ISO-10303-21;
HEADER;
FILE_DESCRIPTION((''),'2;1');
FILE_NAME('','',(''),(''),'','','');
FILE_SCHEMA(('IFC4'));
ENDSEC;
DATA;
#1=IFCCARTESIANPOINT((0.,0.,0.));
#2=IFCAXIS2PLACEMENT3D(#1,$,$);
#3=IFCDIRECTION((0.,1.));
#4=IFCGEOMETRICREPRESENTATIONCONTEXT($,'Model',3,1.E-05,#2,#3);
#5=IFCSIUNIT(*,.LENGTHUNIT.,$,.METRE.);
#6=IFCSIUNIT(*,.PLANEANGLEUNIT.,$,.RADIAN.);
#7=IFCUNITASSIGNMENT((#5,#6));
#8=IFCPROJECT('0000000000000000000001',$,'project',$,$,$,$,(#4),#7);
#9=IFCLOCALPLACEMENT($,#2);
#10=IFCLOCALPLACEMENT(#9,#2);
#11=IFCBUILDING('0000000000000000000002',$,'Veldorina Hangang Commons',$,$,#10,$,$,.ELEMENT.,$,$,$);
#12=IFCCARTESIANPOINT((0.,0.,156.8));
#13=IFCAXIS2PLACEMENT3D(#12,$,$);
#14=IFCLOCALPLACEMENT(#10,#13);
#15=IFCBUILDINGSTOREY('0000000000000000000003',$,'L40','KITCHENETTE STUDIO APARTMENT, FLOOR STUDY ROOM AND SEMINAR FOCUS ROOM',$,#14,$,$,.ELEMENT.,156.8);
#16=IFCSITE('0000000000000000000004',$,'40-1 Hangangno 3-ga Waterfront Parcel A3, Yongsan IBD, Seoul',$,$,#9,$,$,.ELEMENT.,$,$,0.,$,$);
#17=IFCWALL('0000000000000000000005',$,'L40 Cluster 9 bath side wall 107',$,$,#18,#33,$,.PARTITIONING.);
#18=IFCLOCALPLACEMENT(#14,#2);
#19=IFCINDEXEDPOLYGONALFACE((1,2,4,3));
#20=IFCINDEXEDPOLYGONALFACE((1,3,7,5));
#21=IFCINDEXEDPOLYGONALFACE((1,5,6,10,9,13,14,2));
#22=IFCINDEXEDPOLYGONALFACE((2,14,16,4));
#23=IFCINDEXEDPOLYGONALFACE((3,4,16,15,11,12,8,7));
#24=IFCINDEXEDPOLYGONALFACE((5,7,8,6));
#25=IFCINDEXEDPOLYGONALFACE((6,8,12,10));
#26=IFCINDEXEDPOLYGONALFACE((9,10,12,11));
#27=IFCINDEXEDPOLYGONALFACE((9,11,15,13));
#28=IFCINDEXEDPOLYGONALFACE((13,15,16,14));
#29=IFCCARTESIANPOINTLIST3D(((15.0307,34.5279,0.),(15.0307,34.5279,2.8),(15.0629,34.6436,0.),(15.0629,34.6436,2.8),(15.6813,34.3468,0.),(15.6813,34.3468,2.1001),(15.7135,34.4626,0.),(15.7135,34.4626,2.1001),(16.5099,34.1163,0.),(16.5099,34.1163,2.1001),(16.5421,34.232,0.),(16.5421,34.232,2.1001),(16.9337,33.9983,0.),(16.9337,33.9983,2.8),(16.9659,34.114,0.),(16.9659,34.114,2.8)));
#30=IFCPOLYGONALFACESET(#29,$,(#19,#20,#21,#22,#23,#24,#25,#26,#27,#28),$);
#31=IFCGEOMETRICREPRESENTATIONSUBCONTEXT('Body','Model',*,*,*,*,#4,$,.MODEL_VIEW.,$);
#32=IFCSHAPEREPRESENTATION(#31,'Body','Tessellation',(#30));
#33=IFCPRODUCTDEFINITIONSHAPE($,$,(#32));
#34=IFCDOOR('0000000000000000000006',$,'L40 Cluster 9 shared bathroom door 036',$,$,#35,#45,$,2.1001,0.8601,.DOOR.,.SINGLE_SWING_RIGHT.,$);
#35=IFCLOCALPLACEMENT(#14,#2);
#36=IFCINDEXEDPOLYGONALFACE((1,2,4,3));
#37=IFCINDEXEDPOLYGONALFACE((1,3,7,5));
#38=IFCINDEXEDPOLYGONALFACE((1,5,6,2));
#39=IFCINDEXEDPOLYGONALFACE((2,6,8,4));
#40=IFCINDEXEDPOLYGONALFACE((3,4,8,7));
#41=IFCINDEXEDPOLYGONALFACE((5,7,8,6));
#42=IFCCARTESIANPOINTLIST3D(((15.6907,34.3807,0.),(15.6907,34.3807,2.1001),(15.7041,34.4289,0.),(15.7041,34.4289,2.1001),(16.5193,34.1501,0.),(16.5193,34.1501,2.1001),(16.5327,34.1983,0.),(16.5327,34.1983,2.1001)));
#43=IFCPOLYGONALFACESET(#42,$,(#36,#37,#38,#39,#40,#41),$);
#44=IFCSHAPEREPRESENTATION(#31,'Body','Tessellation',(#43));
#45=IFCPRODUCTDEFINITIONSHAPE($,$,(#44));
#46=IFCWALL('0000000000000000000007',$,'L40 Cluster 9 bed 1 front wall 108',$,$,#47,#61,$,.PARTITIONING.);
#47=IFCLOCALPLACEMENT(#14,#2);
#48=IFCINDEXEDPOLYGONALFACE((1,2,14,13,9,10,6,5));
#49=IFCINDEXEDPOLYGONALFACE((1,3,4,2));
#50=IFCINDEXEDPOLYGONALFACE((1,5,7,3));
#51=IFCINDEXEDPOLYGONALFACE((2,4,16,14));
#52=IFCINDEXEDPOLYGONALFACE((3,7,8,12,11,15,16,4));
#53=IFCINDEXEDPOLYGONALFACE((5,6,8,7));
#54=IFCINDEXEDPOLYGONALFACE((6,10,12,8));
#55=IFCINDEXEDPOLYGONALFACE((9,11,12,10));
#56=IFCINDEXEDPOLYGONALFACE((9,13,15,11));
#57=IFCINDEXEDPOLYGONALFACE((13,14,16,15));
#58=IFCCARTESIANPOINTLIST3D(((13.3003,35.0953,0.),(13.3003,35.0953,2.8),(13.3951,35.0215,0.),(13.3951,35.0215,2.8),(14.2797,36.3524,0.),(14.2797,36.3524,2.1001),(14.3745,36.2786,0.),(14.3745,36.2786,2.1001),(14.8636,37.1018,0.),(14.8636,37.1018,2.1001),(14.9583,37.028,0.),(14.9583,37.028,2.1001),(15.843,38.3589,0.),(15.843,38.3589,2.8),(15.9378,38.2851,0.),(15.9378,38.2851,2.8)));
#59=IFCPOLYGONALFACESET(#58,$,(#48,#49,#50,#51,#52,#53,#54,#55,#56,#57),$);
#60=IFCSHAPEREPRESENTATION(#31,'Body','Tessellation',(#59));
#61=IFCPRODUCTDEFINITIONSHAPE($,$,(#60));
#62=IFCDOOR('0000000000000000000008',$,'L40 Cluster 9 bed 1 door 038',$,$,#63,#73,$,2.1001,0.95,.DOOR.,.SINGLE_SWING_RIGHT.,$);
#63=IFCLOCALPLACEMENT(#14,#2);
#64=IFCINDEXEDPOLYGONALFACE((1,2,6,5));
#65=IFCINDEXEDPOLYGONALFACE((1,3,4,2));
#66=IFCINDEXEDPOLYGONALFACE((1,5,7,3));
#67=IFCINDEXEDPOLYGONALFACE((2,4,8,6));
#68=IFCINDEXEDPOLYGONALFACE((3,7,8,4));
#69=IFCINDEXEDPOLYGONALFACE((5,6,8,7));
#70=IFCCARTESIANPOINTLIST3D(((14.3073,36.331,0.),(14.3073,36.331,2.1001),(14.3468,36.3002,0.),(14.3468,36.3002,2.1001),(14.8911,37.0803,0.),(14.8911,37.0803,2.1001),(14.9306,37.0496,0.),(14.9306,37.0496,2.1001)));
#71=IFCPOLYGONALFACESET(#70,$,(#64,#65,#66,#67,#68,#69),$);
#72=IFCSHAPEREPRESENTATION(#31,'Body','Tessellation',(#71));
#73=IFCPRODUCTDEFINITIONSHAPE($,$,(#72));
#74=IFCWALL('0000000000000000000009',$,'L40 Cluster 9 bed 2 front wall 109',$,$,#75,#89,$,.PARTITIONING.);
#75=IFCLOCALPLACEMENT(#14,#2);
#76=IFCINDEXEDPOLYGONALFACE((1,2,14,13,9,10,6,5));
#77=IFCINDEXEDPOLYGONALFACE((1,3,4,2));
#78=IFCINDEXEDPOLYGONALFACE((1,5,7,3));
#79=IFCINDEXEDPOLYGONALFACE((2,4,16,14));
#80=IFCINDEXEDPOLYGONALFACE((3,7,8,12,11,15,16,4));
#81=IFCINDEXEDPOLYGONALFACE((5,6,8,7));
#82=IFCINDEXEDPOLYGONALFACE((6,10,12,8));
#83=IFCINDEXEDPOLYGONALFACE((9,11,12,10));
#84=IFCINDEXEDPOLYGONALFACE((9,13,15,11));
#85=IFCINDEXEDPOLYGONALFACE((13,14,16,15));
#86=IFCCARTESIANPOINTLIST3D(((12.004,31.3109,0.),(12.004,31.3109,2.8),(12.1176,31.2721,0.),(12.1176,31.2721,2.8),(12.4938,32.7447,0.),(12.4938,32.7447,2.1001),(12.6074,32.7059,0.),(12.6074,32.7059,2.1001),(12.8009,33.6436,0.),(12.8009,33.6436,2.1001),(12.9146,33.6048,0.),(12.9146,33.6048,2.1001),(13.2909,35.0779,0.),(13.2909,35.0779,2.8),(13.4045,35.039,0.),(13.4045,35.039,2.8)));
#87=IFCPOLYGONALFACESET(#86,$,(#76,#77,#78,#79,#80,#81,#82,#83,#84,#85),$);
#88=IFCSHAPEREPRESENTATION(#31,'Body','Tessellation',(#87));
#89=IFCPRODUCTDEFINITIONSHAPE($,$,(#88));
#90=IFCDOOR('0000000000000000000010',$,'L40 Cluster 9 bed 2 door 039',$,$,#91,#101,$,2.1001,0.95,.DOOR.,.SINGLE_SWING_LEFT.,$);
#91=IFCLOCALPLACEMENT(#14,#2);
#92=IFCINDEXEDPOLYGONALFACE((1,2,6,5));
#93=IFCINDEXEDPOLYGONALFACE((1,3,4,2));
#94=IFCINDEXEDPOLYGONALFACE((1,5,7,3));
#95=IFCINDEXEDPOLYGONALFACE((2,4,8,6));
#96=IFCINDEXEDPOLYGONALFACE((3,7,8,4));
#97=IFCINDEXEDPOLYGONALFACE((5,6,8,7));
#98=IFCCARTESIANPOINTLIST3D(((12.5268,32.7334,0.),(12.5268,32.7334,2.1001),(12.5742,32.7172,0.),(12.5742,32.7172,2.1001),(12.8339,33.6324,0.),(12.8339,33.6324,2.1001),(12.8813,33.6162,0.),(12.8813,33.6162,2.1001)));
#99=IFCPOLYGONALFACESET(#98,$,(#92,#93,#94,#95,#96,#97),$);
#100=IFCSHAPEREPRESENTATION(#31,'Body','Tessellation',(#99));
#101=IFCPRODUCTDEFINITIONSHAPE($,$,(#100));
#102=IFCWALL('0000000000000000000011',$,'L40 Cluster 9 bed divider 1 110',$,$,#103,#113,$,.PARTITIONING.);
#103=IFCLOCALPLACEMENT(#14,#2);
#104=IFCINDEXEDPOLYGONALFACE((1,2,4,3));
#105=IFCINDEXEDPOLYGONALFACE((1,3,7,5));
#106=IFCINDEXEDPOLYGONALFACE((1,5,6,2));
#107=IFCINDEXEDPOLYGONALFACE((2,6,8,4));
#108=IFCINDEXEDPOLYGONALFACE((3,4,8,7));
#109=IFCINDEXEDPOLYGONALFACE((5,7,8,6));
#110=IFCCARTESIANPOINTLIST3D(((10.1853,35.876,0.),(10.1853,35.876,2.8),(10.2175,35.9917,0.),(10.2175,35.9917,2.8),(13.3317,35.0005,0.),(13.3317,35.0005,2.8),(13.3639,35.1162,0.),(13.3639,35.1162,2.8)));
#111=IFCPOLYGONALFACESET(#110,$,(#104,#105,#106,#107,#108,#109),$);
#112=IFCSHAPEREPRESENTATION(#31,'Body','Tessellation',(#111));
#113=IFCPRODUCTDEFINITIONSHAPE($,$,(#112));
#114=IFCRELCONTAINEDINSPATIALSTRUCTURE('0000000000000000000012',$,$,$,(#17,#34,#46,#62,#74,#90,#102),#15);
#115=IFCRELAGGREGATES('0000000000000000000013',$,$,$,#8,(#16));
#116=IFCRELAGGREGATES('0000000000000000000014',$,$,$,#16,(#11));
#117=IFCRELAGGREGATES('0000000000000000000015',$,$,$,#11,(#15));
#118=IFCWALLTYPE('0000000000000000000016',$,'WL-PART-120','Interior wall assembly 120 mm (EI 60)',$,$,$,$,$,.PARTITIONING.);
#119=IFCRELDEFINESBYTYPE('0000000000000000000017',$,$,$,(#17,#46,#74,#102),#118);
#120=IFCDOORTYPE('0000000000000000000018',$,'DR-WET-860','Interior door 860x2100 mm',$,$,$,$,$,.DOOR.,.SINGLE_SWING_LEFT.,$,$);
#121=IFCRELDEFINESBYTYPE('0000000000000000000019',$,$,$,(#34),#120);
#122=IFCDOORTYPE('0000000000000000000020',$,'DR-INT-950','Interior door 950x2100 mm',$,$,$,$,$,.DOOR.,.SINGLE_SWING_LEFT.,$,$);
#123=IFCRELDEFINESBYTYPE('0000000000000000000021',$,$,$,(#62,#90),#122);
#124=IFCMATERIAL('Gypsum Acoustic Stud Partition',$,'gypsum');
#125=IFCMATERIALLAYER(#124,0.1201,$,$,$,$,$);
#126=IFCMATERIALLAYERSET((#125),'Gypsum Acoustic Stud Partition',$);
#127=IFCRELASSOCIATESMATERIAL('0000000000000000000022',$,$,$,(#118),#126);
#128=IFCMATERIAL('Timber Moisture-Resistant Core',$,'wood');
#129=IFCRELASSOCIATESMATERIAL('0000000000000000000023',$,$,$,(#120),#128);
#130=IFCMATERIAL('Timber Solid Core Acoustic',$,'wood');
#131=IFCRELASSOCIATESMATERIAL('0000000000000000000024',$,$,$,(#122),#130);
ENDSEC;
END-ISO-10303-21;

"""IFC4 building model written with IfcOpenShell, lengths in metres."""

from ifc_helpers import new_model, si_unit, direction, frame, frame_2d, origin, place, context, subcontext, project, spatial, rectangle, extrude, material, layer, layer_set, type_object, element, fill, save


model = new_model("IFC4")

# Units and contexts
model_context = context("Model", 3, precision=1e-05, world=origin(), true_north=direction((0.0, 1.0)))
body_context = subcontext(model_context, "Body", "Model", "MODEL_VIEW")
ifc_project = project(units=[si_unit("LENGTHUNIT", "METRE"), si_unit("PLANEANGLEUNIT", "RADIAN")], contexts=[model_context])

# Site, building, storey
site_placement = place(None, origin())
site = spatial("IfcSite", under=ifc_project, at=site_placement, Name="40-1 Hangangno 3-ga Waterfront Parcel A3, Yongsan IBD, Seoul", CompositionType="ELEMENT", RefElevation=0.0)
building_placement = place(site_placement, origin())
building = spatial("IfcBuilding", under=site, at=building_placement, Name="Veldorina Hangang Commons", CompositionType="ELEMENT")
storey_placement = place(building_placement, frame((0.0, 0.0, 156.8)))
storey = spatial("IfcBuildingStorey", under=building, at=storey_placement, Name="L40", Description="KITCHENETTE STUDIO APARTMENT, FLOOR STUDY ROOM AND SEMINAR FOCUS ROOM", CompositionType="ELEMENT", Elevation=156.8)

# Shared definitions
ifc_material_1 = material(Name="Gypsum Acoustic Stud Partition", Category="gypsum")
ifc_layer_1 = layer(ifc_material_1, 0.1201)
ifc_layer_set_1 = layer_set([ifc_layer_1], Name="Gypsum Acoustic Stud Partition")
wall_type_1 = type_object("IfcWallType", Name="WL-PART-120", Description="Interior wall assembly 120 mm (EI 60)", PredefinedType="PARTITIONING", material=ifc_layer_set_1)

# Walls, openings, doors
wall_1_placement = place(storey_placement, frame((16.95, 34.0562, 0.0), z_axis=(0.0, 0.0, 1.0), x_axis=(-0.963399, 0.268071, 0.0)))
wall_1 = element("IfcWall", 1, at=wall_1_placement, inside=storey, type_object=wall_type_1, Name="L40 Cluster 9 bath side wall 107", PredefinedType="PARTITIONING", context=body_context, shape_type="SweptSolid", body=[
    extrude(rectangle(XDim=1.9753, YDim=0.1201, at=frame_2d((0.9878, 0.0))), origin(), (0.0, 0.0, 1.0), 2.8),
])
opening_1_placement = place(wall_1_placement, frame((0.4399, 0.0, 0.0)))
opening_1 = element("IfcOpeningElement", 2, at=opening_1_placement, cuts=wall_1, PredefinedType="OPENING", context=body_context, shape_type="SweptSolid", body=[
    extrude(rectangle(XDim=0.8601, YDim=2.1001, at=frame_2d((0.4302, 1.05))), frame((0.0, 0.0701, 0.0), z_axis=(0.0, -1.0, 0.0), x_axis=(1.0, 0.0, 0.0)), (0.0, 0.0, 1.0), 0.1401),
])
ifc_material_2 = material(Name="Timber Moisture-Resistant Core", Category="wood")
door_type_1 = type_object("IfcDoorType", Name="DR-WET-860", Description="Interior door 860x2100 mm", OperationType="SINGLE_SWING_LEFT", PredefinedType="DOOR", material=ifc_material_2)
door_1_placement = place(opening_1_placement, origin())
door_1 = element("IfcDoor", 3, at=door_1_placement, inside=storey, type_object=door_type_1, Name="L40 Cluster 9 shared bathroom door 036", OperationType="SINGLE_SWING_RIGHT", OverallHeight=2.1001, OverallWidth=0.8601, PredefinedType="DOOR", context=body_context, shape_type="SweptSolid", body=[
    extrude(rectangle(XDim=0.8601, YDim=2.1001, at=frame_2d((0.4302, 1.05))), frame((0.0, 0.0249, 0.0), z_axis=(0.0, -1.0, 0.0), x_axis=(1.0, 0.0, 0.0)), (0.0, 0.0, 1.0), 0.05),
])
fill(opening_1, door_1)
wall_2_placement = place(storey_placement, frame((15.8904, 38.322, 0.0), z_axis=(0.0, 0.0, 1.0), x_axis=(-0.61459, -0.788847, 0.0)))
wall_2 = element("IfcWall", 4, at=wall_2_placement, inside=storey, type_object=wall_type_1, Name="L40 Cluster 9 bed 1 front wall 108", PredefinedType="PARTITIONING", context=body_context, shape_type="SweptSolid", body=[
    extrude(rectangle(XDim=4.1372, YDim=0.1201, at=frame_2d((2.0686, 0.0))), origin(), (0.0, 0.0, 1.0), 2.8),
])
opening_2_placement = place(wall_2_placement, frame((1.5935, 0.0, 0.0)))
opening_2 = element("IfcOpeningElement", 5, at=opening_2_placement, cuts=wall_2, PredefinedType="OPENING", context=body_context, shape_type="SweptSolid", body=[
    extrude(rectangle(XDim=0.95, YDim=2.1001, at=frame_2d((0.4751, 1.05))), frame((0.0, 0.0701, 0.0), z_axis=(0.0, -1.0, 0.0), x_axis=(1.0, 0.0, 0.0)), (0.0, 0.0, 1.0), 0.1401),
])
ifc_material_3 = material(Name="Timber Solid Core Acoustic", Category="wood")
door_type_2 = type_object("IfcDoorType", Name="DR-INT-950", Description="Interior door 950x2100 mm", OperationType="SINGLE_SWING_LEFT", PredefinedType="DOOR", material=ifc_material_3)
door_2_placement = place(opening_2_placement, origin())
door_2 = element("IfcDoor", 6, at=door_2_placement, inside=storey, type_object=door_type_2, Name="L40 Cluster 9 bed 1 door 038", OperationType="SINGLE_SWING_RIGHT", OverallHeight=2.1001, OverallWidth=0.95, PredefinedType="DOOR", context=body_context, shape_type="SweptSolid", body=[
    extrude(rectangle(XDim=0.95, YDim=2.1001, at=frame_2d((0.4751, 1.05))), frame((0.0, 0.0249, 0.0), z_axis=(0.0, -1.0, 0.0), x_axis=(1.0, 0.0, 0.0)), (0.0, 0.0, 1.0), 0.05),
])
fill(opening_2, door_2)
wall_3_placement = place(storey_placement, frame((13.3477, 35.0583, 0.0), z_axis=(0.0, 0.0, 1.0), x_axis=(-0.323285, -0.946302, 0.0)))
wall_3 = element("IfcWall", 7, at=wall_3_placement, inside=storey, type_object=wall_type_1, Name="L40 Cluster 9 bed 2 front wall 109", PredefinedType="PARTITIONING", context=body_context, shape_type="SweptSolid", body=[
    extrude(rectangle(XDim=3.9807, YDim=0.1201, at=frame_2d((1.9902, 0.0))), origin(), (0.0, 0.0, 1.0), 2.8),
])
opening_3_placement = place(wall_3_placement, frame((1.5154, 0.0, 0.0)))
opening_3 = element("IfcOpeningElement", 8, at=opening_3_placement, cuts=wall_3, PredefinedType="OPENING", context=body_context, shape_type="SweptSolid", body=[
    extrude(rectangle(XDim=0.95, YDim=2.1001, at=frame_2d((0.4751, 1.05))), frame((0.0, 0.0701, 0.0), z_axis=(0.0, -1.0, 0.0), x_axis=(1.0, 0.0, 0.0)), (0.0, 0.0, 1.0), 0.1401),
])
door_3_placement = place(opening_3_placement, origin())
door_3 = element("IfcDoor", 9, at=door_3_placement, inside=storey, type_object=door_type_2, Name="L40 Cluster 9 bed 2 door 039", OperationType="SINGLE_SWING_LEFT", OverallHeight=2.1001, OverallWidth=0.95, PredefinedType="DOOR", context=body_context, shape_type="SweptSolid", body=[
    extrude(rectangle(XDim=0.95, YDim=2.1001, at=frame_2d((0.4751, 1.05))), frame((0.0, 0.0249, 0.0), z_axis=(0.0, -1.0, 0.0), x_axis=(1.0, 0.0, 0.0)), (0.0, 0.0, 1.0), 0.05),
])
fill(opening_3, door_3)

# Wall
wall_4_placement = place(storey_placement, frame((13.3477, 35.0583, 0.0), z_axis=(0.0, 0.0, 1.0), x_axis=(-0.963397, 0.26808, 0.0)))
element("IfcWall", 10, at=wall_4_placement, inside=storey, type_object=wall_type_1, Name="L40 Cluster 9 bed divider 1 110", PredefinedType="PARTITIONING", context=body_context, shape_type="SweptSolid", body=[
    extrude(rectangle(XDim=3.2659, YDim=0.1201, at=frame_2d((1.6328, 0.0))), origin(), (0.0, 0.0, 1.0), 2.8),
])

save(model, "model.ifc")
